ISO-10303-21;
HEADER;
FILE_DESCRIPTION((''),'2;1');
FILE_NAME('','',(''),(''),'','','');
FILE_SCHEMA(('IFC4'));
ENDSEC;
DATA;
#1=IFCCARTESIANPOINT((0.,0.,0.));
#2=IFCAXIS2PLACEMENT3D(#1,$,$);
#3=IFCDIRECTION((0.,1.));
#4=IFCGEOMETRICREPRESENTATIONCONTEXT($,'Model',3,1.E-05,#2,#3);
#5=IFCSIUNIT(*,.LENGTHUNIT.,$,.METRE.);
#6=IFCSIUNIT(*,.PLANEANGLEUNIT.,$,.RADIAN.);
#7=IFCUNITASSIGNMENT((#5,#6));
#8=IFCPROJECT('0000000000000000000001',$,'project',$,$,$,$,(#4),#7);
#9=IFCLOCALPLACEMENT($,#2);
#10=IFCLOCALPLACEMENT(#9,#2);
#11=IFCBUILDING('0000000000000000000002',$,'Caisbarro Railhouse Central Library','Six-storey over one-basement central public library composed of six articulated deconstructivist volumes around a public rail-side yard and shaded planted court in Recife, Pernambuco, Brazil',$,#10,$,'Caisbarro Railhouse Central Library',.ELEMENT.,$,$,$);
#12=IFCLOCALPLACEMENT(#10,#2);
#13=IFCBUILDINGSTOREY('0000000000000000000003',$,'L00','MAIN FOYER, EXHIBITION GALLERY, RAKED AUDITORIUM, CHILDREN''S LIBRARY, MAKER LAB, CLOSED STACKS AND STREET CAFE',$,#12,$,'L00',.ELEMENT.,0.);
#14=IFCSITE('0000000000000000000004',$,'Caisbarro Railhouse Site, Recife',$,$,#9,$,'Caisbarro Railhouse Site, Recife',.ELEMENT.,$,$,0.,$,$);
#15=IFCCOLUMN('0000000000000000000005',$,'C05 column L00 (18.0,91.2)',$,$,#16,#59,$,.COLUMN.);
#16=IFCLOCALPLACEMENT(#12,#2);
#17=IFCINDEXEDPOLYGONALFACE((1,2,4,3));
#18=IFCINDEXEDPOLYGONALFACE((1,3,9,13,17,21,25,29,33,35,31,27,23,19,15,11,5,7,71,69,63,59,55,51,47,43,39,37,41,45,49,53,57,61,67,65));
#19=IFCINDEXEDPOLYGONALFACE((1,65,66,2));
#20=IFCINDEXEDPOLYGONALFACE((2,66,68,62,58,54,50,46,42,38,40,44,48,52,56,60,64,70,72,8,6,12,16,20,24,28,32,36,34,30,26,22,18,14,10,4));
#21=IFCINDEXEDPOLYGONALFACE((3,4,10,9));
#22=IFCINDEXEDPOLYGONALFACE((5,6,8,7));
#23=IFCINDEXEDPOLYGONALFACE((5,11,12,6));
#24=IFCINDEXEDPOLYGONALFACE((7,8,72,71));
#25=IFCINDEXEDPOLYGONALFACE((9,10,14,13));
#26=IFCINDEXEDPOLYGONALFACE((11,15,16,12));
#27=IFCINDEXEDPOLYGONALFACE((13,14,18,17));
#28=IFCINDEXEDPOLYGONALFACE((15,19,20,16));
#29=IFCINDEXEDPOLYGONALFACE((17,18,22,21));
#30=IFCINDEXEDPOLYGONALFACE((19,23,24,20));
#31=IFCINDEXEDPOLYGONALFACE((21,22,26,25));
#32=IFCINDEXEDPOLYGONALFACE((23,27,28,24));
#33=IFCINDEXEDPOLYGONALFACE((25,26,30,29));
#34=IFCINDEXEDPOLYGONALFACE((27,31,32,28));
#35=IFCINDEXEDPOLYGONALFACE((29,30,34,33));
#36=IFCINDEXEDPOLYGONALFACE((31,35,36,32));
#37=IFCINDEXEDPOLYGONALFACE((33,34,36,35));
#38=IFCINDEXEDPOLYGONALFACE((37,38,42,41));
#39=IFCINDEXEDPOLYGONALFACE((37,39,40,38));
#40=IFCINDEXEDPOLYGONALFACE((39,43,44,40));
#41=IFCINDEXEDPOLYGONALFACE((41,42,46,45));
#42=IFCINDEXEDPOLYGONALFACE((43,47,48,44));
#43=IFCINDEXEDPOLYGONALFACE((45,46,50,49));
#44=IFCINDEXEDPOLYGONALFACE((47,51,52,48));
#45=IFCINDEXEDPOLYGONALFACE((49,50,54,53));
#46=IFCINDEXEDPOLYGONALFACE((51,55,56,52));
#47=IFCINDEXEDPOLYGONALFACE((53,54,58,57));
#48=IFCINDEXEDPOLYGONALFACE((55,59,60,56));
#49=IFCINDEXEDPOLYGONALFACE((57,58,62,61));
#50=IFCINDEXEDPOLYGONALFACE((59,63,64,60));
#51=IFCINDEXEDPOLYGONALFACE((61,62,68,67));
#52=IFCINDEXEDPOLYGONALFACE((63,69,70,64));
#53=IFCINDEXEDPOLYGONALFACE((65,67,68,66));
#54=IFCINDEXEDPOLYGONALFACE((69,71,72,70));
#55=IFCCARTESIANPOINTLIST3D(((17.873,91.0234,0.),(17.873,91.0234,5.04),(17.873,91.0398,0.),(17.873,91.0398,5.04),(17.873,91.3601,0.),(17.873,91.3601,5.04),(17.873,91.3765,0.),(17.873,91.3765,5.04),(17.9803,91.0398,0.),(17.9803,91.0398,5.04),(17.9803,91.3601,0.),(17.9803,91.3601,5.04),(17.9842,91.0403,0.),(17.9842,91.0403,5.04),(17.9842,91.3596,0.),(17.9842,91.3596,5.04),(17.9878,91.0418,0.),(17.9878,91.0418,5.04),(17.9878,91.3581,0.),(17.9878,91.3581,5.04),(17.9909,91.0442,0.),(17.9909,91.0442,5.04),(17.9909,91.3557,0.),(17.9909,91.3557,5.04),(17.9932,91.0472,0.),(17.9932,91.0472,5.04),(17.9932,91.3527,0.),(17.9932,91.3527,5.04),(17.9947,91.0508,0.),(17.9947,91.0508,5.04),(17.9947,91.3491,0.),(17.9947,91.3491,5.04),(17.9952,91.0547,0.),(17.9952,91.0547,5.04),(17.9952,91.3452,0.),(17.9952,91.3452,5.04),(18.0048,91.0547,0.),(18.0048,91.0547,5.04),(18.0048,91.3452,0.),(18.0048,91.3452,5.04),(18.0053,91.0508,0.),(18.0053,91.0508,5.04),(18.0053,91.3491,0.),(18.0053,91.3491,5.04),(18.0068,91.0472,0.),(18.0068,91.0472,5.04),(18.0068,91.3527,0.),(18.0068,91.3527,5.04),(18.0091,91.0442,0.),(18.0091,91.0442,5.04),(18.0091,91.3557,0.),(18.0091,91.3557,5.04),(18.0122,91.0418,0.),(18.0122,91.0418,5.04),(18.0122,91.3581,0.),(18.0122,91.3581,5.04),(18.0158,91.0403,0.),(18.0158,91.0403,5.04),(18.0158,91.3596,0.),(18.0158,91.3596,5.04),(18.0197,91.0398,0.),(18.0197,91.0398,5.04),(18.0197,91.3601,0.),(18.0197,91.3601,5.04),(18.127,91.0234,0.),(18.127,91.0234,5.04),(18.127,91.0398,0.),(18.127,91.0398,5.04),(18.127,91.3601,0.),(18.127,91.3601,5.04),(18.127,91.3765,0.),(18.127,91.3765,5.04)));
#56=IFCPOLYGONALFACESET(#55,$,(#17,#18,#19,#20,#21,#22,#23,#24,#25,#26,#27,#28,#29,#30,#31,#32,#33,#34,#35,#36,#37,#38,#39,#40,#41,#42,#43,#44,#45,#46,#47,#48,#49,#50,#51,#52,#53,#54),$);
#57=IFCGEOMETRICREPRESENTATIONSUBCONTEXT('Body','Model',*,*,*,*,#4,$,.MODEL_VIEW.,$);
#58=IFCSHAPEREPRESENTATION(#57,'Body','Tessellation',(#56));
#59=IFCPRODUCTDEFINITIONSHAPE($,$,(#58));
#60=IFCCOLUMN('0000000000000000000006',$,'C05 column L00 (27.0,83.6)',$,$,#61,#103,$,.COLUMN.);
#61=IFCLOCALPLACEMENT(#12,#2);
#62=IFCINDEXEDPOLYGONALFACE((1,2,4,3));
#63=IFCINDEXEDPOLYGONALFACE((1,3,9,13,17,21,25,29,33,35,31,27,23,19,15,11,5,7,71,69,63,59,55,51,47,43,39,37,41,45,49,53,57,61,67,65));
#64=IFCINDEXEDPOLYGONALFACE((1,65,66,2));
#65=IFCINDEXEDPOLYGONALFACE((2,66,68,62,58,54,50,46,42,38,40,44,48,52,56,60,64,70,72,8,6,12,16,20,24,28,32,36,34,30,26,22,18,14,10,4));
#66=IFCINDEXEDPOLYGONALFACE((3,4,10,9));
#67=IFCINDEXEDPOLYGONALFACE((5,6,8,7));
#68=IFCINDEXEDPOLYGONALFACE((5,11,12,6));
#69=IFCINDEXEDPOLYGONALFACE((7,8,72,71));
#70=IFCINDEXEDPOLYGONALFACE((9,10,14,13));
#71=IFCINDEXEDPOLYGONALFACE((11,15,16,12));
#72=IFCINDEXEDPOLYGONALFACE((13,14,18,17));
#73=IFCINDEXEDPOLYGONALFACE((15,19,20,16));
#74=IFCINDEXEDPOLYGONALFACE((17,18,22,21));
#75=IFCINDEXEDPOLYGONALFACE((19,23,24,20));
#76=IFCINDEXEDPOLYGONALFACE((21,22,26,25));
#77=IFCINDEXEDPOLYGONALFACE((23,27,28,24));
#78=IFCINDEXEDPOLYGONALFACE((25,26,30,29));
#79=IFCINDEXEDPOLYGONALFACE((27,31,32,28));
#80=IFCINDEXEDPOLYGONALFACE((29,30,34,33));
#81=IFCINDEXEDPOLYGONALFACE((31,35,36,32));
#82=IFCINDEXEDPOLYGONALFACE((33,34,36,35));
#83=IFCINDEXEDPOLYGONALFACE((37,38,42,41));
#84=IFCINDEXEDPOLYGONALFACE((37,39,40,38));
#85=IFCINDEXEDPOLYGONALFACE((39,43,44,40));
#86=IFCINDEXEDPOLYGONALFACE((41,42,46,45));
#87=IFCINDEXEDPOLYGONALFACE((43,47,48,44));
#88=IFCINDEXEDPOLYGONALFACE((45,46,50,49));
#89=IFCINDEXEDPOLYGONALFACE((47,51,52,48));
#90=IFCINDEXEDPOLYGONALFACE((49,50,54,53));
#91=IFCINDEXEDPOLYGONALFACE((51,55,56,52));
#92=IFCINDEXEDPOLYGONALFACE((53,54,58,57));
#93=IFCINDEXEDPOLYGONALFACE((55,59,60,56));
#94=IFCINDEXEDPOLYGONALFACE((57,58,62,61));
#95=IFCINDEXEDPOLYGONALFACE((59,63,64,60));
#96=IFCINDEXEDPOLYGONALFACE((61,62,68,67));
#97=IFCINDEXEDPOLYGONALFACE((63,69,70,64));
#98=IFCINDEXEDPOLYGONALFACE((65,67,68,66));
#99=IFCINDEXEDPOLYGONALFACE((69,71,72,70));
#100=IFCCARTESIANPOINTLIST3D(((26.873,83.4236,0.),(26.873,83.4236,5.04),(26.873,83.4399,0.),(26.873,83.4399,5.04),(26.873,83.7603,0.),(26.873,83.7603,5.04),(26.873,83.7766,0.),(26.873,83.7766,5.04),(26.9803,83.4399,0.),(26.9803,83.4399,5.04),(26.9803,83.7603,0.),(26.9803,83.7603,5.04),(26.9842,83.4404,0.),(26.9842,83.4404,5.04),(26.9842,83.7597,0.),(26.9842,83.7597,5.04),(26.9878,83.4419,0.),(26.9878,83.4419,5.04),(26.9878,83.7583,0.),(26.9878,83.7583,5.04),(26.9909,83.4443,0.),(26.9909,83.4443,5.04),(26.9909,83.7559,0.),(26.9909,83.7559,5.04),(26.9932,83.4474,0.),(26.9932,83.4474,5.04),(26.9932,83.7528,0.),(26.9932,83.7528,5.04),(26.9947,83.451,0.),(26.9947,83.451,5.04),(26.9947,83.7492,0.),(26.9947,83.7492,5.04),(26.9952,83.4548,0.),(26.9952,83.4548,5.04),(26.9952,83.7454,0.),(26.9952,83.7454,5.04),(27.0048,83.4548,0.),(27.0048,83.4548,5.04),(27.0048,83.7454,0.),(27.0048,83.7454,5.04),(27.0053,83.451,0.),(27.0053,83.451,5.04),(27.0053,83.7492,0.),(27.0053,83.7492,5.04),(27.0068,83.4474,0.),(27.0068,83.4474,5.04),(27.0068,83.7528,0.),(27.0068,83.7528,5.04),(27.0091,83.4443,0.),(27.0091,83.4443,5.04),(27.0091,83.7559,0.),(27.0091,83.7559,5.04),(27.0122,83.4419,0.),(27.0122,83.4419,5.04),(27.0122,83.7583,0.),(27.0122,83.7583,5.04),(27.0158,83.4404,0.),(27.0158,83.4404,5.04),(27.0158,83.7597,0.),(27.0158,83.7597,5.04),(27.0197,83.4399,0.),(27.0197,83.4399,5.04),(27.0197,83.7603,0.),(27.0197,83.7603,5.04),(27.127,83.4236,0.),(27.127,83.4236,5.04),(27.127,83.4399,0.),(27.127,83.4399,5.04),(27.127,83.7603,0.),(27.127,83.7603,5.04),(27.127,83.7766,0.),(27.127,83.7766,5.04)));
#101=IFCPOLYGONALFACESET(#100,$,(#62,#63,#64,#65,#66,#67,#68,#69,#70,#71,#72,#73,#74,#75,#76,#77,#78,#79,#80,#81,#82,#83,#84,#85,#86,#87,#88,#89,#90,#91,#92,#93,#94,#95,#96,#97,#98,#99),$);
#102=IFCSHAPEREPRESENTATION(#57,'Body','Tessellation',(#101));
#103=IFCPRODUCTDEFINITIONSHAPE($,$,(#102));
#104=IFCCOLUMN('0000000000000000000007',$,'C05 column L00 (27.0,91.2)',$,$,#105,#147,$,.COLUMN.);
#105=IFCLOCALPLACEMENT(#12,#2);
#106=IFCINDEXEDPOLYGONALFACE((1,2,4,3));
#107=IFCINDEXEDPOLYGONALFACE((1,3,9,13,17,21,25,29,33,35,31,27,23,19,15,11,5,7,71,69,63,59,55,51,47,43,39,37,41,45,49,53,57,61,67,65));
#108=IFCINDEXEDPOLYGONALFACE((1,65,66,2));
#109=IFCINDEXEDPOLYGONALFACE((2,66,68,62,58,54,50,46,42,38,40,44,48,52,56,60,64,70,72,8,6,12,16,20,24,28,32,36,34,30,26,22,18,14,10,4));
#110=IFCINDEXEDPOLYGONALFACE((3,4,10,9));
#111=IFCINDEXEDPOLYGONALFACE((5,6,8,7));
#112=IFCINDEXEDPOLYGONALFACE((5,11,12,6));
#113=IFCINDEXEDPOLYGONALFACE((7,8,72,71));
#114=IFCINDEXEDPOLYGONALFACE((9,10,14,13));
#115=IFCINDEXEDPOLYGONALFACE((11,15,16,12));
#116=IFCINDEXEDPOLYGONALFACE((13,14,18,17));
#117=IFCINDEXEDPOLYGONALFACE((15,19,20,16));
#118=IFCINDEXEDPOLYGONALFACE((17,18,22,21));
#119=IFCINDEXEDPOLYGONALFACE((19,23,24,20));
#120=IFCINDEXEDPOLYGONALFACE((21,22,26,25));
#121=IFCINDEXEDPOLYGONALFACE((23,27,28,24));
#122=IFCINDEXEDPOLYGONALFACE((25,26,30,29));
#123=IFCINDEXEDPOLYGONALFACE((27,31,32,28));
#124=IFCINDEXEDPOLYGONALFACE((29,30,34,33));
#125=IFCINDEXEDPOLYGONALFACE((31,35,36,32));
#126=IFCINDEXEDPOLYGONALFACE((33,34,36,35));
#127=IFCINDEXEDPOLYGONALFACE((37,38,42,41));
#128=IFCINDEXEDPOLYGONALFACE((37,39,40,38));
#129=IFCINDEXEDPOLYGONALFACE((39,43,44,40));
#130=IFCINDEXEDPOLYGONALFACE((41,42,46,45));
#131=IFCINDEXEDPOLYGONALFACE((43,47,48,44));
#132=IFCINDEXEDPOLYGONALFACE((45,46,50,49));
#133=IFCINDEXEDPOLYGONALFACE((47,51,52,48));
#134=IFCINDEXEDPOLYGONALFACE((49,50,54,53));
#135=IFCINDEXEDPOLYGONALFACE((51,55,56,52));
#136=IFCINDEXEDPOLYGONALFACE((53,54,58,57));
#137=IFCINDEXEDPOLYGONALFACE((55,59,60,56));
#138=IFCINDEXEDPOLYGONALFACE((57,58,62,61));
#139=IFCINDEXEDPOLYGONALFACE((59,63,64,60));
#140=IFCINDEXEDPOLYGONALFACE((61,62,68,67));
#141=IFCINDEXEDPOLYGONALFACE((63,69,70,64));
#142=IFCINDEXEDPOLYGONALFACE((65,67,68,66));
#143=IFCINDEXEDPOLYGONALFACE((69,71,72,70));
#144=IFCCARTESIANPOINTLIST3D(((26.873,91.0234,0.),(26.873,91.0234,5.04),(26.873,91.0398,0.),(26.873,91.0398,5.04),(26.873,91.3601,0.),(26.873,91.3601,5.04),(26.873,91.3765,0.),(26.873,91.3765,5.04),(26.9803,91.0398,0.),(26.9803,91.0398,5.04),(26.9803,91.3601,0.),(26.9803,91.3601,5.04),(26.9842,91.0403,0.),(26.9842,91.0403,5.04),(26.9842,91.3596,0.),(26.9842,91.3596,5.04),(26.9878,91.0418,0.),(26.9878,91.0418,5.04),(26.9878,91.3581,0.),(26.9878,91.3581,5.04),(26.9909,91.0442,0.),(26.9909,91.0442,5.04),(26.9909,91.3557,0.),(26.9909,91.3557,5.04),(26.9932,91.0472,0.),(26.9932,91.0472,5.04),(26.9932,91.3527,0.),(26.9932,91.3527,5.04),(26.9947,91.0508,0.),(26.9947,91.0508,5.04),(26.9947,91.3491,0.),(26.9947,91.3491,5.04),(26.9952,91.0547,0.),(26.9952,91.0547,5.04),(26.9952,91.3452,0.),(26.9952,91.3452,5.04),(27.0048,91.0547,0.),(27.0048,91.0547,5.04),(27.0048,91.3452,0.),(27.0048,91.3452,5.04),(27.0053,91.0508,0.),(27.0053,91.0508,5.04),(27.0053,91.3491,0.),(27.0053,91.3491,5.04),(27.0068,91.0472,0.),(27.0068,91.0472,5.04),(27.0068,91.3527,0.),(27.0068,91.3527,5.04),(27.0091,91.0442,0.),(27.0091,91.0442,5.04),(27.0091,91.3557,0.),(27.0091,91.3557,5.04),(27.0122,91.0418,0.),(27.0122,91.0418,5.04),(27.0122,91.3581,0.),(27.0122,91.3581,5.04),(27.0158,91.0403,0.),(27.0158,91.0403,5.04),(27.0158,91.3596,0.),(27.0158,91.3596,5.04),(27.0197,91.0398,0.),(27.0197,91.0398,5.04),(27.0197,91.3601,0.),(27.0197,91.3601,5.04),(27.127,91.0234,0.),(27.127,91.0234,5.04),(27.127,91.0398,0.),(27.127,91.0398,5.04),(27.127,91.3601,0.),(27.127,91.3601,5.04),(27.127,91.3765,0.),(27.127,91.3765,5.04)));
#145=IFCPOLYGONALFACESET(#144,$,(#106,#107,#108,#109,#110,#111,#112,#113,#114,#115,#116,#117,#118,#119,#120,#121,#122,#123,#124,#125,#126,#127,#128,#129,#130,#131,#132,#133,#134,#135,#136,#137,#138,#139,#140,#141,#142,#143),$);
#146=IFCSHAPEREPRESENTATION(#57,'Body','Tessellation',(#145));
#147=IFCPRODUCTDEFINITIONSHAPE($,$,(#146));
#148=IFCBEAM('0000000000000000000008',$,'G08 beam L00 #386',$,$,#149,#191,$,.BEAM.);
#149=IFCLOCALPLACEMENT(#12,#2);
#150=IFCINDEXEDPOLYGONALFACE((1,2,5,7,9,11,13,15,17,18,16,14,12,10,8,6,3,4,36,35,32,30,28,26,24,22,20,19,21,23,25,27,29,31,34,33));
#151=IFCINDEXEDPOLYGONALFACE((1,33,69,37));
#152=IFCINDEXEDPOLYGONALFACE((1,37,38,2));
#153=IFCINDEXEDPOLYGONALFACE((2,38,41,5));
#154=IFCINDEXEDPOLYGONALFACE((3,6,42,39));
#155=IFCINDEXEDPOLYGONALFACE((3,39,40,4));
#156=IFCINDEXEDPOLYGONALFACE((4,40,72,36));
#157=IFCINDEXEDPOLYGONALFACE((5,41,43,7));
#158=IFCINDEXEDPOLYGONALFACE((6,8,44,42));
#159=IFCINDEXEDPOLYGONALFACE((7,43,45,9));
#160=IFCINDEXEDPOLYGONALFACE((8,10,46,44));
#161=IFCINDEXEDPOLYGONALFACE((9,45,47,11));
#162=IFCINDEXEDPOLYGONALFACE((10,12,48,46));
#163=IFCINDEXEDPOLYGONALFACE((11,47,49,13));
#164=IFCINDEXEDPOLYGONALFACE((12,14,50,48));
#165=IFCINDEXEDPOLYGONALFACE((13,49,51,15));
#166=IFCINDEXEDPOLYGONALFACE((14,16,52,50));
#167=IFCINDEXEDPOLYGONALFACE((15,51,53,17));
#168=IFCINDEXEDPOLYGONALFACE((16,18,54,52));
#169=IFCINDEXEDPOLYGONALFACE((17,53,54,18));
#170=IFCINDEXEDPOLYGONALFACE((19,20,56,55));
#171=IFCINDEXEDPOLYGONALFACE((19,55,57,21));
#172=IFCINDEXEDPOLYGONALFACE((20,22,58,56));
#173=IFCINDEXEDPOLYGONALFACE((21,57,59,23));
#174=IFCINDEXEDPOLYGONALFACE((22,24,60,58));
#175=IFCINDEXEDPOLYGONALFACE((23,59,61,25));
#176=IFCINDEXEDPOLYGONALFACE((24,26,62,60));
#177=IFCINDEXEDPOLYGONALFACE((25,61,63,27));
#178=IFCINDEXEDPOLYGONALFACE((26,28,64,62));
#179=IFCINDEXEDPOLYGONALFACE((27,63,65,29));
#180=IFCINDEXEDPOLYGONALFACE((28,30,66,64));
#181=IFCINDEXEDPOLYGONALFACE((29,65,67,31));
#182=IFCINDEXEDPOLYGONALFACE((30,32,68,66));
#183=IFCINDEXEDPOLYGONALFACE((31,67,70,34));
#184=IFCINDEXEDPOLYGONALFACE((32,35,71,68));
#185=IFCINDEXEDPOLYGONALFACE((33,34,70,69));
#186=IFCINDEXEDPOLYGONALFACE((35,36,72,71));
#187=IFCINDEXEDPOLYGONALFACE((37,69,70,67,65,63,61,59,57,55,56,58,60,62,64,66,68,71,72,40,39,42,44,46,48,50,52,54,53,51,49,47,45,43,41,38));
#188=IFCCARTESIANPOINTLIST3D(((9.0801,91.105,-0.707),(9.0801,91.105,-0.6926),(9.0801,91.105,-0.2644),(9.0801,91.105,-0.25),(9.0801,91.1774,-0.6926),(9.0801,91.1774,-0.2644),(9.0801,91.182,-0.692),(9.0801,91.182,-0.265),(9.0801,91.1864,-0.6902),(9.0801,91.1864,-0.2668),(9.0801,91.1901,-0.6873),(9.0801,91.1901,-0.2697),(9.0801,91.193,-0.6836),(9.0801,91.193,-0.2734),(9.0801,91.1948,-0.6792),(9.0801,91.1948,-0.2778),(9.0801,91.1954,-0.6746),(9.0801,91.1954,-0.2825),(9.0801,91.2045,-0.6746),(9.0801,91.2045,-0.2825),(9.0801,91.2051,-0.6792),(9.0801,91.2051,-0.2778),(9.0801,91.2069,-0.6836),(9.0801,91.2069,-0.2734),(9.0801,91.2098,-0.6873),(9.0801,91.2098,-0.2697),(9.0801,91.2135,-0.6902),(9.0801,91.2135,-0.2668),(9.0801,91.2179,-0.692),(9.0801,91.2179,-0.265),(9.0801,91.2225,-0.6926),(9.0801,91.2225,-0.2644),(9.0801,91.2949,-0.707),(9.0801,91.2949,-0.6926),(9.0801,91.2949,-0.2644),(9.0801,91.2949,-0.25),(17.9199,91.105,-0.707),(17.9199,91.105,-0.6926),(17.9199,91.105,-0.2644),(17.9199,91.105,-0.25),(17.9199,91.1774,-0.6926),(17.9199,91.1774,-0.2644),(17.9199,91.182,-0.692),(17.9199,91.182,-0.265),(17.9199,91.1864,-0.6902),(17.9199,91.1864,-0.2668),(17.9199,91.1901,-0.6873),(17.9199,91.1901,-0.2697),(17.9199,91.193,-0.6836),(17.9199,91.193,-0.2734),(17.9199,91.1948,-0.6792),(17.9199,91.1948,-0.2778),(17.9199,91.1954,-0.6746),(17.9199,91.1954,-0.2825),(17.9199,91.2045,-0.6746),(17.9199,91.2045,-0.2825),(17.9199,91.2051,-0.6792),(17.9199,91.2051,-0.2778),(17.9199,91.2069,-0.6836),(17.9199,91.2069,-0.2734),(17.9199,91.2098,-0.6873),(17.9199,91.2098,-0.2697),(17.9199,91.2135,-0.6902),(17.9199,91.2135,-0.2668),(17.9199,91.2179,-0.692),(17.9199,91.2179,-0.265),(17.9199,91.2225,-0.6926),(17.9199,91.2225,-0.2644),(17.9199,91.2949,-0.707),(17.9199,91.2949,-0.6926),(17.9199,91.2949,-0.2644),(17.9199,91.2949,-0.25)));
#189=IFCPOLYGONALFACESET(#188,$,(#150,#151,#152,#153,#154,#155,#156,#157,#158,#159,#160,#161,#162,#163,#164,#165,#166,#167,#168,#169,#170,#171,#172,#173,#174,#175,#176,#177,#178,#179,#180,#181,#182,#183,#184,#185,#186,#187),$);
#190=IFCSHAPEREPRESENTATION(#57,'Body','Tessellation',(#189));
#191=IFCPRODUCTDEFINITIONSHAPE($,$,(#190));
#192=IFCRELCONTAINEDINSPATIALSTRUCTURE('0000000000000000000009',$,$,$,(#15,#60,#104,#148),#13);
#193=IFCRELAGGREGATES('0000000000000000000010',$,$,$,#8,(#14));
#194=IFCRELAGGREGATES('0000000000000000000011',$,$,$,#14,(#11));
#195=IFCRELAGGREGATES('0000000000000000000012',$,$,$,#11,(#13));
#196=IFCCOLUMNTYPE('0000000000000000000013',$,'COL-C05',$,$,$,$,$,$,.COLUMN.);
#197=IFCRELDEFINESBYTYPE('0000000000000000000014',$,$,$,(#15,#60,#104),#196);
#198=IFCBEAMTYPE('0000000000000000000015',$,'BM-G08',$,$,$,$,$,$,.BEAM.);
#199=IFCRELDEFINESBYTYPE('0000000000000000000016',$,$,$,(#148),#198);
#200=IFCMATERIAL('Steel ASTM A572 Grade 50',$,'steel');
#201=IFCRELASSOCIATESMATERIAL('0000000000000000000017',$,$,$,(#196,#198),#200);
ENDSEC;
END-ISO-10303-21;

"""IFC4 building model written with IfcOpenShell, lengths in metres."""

from ifc_helpers import new_model, si_unit, direction, frame, origin, origin_2d, place, context, subcontext, project, spatial, i_section, extrude, material, material_profile, profile_set, type_object, element, save


model = new_model("IFC4")

# Units and contexts
model_context = context("Model", 3, precision=1e-05, world=origin(), true_north=direction((0.0, 1.0)))
body_context = subcontext(model_context, "Body", "Model", "MODEL_VIEW")
ifc_project = project(units=[si_unit("LENGTHUNIT", "METRE"), si_unit("PLANEANGLEUNIT", "RADIAN")], contexts=[model_context])

# Site, building, storey
site_placement = place(None, origin())
site = spatial("IfcSite", under=ifc_project, at=site_placement, Name="Caisbarro Railhouse Site, Recife", LongName="Caisbarro Railhouse Site, Recife", CompositionType="ELEMENT", RefElevation=0.0)
building_placement = place(site_placement, origin())
building = spatial("IfcBuilding", under=site, at=building_placement, Name="Caisbarro Railhouse Central Library", Description="Six-storey over one-basement central public library composed of six articulated deconstructivist volumes around a public rail-side yard and shaded planted court in Recife, Pernambuco, Brazil", LongName="Caisbarro Railhouse Central Library", CompositionType="ELEMENT")
storey_placement = place(building_placement, origin())
storey = spatial("IfcBuildingStorey", under=building, at=storey_placement, Name="L00", Description="MAIN FOYER, EXHIBITION GALLERY, RAKED AUDITORIUM, CHILDREN'S LIBRARY, MAKER LAB, CLOSED STACKS AND STREET CAFE", LongName="L00", CompositionType="ELEMENT", Elevation=0.0)

# Columns
ifc_material_1 = material(Name="Steel ASTM A572 Grade 50", Category="steel")
ifc_material_profile_1 = material_profile(ifc_material_1, i_section(OverallWidth=0.2539, OverallDepth=0.353, WebThickness=0.0095, FlangeThickness=0.0164, FilletRadius=0.0149, at=origin_2d()), Name="W360X91.0")
ifc_profile_set_1 = profile_set([ifc_material_profile_1], Name="Steel ASTM A572 Grade 50")
column_type = type_object("IfcColumnType", Name="COL-C05", PredefinedType="COLUMN", material=ifc_profile_set_1)
for number, where, z_axis, x_axis, name in (
    (1, (18.0, 91.2, 0.0), (0.0, 0.0, 1.0), (1.0, 0.0, 0.0), "C05 column L00 (18.0,91.2)"),
    (2, (27.0, 83.6001, 0.0), (0.0, 0.0, 1.0), (1.0, 0.0, 0.0), "C05 column L00 (27.0,83.6)"),
    (3, (27.0, 91.2, 0.0), (0.0, 0.0, 1.0), (1.0, 0.0, 0.0), "C05 column L00 (27.0,91.2)"),
):
    element("IfcColumn", number, at=place(storey_placement, frame(where, z_axis=z_axis, x_axis=x_axis)), inside=storey, type_object=column_type, Name=name, PredefinedType="COLUMN", context=body_context, shape_type="SweptSolid", body=[
        extrude(i_section(OverallWidth=0.2539, OverallDepth=0.353, WebThickness=0.0095, FlangeThickness=0.0164, FilletRadius=0.0149, at=origin_2d()), origin(), (0.0, 0.0, 1.0), 5.04),
    ])

# Beam
ifc_material_profile_2 = material_profile(ifc_material_1, i_section(OverallWidth=0.1899, OverallDepth=0.457, WebThickness=0.009, FlangeThickness=0.0144, FilletRadius=0.0181, at=origin_2d()), Name="W460X74.0")
ifc_profile_set_2 = profile_set([ifc_material_profile_2], Name="Steel ASTM A572 Grade 50")
beam_type_1 = type_object("IfcBeamType", Name="BM-G08", PredefinedType="BEAM", material=ifc_profile_set_2)
for number, where, z_axis, x_axis, name in (
    (4, (9.0801, 91.2, -0.4785), (1.0, 0.0, 0.0), (0.0, 1.0, 0.0), "G08 beam L00 #386"),
):
    element("IfcBeam", number, at=place(storey_placement, frame(where, z_axis=z_axis, x_axis=x_axis)), inside=storey, type_object=beam_type_1, Name=name, PredefinedType="BEAM", context=body_context, shape_type="SweptSolid", body=[
        extrude(i_section(OverallWidth=0.1899, OverallDepth=0.457, WebThickness=0.009, FlangeThickness=0.0144, FilletRadius=0.0181, at=origin_2d()), origin(), (0.0, 0.0, 1.0), 8.8398),
    ])

save(model, "model.ifc")
